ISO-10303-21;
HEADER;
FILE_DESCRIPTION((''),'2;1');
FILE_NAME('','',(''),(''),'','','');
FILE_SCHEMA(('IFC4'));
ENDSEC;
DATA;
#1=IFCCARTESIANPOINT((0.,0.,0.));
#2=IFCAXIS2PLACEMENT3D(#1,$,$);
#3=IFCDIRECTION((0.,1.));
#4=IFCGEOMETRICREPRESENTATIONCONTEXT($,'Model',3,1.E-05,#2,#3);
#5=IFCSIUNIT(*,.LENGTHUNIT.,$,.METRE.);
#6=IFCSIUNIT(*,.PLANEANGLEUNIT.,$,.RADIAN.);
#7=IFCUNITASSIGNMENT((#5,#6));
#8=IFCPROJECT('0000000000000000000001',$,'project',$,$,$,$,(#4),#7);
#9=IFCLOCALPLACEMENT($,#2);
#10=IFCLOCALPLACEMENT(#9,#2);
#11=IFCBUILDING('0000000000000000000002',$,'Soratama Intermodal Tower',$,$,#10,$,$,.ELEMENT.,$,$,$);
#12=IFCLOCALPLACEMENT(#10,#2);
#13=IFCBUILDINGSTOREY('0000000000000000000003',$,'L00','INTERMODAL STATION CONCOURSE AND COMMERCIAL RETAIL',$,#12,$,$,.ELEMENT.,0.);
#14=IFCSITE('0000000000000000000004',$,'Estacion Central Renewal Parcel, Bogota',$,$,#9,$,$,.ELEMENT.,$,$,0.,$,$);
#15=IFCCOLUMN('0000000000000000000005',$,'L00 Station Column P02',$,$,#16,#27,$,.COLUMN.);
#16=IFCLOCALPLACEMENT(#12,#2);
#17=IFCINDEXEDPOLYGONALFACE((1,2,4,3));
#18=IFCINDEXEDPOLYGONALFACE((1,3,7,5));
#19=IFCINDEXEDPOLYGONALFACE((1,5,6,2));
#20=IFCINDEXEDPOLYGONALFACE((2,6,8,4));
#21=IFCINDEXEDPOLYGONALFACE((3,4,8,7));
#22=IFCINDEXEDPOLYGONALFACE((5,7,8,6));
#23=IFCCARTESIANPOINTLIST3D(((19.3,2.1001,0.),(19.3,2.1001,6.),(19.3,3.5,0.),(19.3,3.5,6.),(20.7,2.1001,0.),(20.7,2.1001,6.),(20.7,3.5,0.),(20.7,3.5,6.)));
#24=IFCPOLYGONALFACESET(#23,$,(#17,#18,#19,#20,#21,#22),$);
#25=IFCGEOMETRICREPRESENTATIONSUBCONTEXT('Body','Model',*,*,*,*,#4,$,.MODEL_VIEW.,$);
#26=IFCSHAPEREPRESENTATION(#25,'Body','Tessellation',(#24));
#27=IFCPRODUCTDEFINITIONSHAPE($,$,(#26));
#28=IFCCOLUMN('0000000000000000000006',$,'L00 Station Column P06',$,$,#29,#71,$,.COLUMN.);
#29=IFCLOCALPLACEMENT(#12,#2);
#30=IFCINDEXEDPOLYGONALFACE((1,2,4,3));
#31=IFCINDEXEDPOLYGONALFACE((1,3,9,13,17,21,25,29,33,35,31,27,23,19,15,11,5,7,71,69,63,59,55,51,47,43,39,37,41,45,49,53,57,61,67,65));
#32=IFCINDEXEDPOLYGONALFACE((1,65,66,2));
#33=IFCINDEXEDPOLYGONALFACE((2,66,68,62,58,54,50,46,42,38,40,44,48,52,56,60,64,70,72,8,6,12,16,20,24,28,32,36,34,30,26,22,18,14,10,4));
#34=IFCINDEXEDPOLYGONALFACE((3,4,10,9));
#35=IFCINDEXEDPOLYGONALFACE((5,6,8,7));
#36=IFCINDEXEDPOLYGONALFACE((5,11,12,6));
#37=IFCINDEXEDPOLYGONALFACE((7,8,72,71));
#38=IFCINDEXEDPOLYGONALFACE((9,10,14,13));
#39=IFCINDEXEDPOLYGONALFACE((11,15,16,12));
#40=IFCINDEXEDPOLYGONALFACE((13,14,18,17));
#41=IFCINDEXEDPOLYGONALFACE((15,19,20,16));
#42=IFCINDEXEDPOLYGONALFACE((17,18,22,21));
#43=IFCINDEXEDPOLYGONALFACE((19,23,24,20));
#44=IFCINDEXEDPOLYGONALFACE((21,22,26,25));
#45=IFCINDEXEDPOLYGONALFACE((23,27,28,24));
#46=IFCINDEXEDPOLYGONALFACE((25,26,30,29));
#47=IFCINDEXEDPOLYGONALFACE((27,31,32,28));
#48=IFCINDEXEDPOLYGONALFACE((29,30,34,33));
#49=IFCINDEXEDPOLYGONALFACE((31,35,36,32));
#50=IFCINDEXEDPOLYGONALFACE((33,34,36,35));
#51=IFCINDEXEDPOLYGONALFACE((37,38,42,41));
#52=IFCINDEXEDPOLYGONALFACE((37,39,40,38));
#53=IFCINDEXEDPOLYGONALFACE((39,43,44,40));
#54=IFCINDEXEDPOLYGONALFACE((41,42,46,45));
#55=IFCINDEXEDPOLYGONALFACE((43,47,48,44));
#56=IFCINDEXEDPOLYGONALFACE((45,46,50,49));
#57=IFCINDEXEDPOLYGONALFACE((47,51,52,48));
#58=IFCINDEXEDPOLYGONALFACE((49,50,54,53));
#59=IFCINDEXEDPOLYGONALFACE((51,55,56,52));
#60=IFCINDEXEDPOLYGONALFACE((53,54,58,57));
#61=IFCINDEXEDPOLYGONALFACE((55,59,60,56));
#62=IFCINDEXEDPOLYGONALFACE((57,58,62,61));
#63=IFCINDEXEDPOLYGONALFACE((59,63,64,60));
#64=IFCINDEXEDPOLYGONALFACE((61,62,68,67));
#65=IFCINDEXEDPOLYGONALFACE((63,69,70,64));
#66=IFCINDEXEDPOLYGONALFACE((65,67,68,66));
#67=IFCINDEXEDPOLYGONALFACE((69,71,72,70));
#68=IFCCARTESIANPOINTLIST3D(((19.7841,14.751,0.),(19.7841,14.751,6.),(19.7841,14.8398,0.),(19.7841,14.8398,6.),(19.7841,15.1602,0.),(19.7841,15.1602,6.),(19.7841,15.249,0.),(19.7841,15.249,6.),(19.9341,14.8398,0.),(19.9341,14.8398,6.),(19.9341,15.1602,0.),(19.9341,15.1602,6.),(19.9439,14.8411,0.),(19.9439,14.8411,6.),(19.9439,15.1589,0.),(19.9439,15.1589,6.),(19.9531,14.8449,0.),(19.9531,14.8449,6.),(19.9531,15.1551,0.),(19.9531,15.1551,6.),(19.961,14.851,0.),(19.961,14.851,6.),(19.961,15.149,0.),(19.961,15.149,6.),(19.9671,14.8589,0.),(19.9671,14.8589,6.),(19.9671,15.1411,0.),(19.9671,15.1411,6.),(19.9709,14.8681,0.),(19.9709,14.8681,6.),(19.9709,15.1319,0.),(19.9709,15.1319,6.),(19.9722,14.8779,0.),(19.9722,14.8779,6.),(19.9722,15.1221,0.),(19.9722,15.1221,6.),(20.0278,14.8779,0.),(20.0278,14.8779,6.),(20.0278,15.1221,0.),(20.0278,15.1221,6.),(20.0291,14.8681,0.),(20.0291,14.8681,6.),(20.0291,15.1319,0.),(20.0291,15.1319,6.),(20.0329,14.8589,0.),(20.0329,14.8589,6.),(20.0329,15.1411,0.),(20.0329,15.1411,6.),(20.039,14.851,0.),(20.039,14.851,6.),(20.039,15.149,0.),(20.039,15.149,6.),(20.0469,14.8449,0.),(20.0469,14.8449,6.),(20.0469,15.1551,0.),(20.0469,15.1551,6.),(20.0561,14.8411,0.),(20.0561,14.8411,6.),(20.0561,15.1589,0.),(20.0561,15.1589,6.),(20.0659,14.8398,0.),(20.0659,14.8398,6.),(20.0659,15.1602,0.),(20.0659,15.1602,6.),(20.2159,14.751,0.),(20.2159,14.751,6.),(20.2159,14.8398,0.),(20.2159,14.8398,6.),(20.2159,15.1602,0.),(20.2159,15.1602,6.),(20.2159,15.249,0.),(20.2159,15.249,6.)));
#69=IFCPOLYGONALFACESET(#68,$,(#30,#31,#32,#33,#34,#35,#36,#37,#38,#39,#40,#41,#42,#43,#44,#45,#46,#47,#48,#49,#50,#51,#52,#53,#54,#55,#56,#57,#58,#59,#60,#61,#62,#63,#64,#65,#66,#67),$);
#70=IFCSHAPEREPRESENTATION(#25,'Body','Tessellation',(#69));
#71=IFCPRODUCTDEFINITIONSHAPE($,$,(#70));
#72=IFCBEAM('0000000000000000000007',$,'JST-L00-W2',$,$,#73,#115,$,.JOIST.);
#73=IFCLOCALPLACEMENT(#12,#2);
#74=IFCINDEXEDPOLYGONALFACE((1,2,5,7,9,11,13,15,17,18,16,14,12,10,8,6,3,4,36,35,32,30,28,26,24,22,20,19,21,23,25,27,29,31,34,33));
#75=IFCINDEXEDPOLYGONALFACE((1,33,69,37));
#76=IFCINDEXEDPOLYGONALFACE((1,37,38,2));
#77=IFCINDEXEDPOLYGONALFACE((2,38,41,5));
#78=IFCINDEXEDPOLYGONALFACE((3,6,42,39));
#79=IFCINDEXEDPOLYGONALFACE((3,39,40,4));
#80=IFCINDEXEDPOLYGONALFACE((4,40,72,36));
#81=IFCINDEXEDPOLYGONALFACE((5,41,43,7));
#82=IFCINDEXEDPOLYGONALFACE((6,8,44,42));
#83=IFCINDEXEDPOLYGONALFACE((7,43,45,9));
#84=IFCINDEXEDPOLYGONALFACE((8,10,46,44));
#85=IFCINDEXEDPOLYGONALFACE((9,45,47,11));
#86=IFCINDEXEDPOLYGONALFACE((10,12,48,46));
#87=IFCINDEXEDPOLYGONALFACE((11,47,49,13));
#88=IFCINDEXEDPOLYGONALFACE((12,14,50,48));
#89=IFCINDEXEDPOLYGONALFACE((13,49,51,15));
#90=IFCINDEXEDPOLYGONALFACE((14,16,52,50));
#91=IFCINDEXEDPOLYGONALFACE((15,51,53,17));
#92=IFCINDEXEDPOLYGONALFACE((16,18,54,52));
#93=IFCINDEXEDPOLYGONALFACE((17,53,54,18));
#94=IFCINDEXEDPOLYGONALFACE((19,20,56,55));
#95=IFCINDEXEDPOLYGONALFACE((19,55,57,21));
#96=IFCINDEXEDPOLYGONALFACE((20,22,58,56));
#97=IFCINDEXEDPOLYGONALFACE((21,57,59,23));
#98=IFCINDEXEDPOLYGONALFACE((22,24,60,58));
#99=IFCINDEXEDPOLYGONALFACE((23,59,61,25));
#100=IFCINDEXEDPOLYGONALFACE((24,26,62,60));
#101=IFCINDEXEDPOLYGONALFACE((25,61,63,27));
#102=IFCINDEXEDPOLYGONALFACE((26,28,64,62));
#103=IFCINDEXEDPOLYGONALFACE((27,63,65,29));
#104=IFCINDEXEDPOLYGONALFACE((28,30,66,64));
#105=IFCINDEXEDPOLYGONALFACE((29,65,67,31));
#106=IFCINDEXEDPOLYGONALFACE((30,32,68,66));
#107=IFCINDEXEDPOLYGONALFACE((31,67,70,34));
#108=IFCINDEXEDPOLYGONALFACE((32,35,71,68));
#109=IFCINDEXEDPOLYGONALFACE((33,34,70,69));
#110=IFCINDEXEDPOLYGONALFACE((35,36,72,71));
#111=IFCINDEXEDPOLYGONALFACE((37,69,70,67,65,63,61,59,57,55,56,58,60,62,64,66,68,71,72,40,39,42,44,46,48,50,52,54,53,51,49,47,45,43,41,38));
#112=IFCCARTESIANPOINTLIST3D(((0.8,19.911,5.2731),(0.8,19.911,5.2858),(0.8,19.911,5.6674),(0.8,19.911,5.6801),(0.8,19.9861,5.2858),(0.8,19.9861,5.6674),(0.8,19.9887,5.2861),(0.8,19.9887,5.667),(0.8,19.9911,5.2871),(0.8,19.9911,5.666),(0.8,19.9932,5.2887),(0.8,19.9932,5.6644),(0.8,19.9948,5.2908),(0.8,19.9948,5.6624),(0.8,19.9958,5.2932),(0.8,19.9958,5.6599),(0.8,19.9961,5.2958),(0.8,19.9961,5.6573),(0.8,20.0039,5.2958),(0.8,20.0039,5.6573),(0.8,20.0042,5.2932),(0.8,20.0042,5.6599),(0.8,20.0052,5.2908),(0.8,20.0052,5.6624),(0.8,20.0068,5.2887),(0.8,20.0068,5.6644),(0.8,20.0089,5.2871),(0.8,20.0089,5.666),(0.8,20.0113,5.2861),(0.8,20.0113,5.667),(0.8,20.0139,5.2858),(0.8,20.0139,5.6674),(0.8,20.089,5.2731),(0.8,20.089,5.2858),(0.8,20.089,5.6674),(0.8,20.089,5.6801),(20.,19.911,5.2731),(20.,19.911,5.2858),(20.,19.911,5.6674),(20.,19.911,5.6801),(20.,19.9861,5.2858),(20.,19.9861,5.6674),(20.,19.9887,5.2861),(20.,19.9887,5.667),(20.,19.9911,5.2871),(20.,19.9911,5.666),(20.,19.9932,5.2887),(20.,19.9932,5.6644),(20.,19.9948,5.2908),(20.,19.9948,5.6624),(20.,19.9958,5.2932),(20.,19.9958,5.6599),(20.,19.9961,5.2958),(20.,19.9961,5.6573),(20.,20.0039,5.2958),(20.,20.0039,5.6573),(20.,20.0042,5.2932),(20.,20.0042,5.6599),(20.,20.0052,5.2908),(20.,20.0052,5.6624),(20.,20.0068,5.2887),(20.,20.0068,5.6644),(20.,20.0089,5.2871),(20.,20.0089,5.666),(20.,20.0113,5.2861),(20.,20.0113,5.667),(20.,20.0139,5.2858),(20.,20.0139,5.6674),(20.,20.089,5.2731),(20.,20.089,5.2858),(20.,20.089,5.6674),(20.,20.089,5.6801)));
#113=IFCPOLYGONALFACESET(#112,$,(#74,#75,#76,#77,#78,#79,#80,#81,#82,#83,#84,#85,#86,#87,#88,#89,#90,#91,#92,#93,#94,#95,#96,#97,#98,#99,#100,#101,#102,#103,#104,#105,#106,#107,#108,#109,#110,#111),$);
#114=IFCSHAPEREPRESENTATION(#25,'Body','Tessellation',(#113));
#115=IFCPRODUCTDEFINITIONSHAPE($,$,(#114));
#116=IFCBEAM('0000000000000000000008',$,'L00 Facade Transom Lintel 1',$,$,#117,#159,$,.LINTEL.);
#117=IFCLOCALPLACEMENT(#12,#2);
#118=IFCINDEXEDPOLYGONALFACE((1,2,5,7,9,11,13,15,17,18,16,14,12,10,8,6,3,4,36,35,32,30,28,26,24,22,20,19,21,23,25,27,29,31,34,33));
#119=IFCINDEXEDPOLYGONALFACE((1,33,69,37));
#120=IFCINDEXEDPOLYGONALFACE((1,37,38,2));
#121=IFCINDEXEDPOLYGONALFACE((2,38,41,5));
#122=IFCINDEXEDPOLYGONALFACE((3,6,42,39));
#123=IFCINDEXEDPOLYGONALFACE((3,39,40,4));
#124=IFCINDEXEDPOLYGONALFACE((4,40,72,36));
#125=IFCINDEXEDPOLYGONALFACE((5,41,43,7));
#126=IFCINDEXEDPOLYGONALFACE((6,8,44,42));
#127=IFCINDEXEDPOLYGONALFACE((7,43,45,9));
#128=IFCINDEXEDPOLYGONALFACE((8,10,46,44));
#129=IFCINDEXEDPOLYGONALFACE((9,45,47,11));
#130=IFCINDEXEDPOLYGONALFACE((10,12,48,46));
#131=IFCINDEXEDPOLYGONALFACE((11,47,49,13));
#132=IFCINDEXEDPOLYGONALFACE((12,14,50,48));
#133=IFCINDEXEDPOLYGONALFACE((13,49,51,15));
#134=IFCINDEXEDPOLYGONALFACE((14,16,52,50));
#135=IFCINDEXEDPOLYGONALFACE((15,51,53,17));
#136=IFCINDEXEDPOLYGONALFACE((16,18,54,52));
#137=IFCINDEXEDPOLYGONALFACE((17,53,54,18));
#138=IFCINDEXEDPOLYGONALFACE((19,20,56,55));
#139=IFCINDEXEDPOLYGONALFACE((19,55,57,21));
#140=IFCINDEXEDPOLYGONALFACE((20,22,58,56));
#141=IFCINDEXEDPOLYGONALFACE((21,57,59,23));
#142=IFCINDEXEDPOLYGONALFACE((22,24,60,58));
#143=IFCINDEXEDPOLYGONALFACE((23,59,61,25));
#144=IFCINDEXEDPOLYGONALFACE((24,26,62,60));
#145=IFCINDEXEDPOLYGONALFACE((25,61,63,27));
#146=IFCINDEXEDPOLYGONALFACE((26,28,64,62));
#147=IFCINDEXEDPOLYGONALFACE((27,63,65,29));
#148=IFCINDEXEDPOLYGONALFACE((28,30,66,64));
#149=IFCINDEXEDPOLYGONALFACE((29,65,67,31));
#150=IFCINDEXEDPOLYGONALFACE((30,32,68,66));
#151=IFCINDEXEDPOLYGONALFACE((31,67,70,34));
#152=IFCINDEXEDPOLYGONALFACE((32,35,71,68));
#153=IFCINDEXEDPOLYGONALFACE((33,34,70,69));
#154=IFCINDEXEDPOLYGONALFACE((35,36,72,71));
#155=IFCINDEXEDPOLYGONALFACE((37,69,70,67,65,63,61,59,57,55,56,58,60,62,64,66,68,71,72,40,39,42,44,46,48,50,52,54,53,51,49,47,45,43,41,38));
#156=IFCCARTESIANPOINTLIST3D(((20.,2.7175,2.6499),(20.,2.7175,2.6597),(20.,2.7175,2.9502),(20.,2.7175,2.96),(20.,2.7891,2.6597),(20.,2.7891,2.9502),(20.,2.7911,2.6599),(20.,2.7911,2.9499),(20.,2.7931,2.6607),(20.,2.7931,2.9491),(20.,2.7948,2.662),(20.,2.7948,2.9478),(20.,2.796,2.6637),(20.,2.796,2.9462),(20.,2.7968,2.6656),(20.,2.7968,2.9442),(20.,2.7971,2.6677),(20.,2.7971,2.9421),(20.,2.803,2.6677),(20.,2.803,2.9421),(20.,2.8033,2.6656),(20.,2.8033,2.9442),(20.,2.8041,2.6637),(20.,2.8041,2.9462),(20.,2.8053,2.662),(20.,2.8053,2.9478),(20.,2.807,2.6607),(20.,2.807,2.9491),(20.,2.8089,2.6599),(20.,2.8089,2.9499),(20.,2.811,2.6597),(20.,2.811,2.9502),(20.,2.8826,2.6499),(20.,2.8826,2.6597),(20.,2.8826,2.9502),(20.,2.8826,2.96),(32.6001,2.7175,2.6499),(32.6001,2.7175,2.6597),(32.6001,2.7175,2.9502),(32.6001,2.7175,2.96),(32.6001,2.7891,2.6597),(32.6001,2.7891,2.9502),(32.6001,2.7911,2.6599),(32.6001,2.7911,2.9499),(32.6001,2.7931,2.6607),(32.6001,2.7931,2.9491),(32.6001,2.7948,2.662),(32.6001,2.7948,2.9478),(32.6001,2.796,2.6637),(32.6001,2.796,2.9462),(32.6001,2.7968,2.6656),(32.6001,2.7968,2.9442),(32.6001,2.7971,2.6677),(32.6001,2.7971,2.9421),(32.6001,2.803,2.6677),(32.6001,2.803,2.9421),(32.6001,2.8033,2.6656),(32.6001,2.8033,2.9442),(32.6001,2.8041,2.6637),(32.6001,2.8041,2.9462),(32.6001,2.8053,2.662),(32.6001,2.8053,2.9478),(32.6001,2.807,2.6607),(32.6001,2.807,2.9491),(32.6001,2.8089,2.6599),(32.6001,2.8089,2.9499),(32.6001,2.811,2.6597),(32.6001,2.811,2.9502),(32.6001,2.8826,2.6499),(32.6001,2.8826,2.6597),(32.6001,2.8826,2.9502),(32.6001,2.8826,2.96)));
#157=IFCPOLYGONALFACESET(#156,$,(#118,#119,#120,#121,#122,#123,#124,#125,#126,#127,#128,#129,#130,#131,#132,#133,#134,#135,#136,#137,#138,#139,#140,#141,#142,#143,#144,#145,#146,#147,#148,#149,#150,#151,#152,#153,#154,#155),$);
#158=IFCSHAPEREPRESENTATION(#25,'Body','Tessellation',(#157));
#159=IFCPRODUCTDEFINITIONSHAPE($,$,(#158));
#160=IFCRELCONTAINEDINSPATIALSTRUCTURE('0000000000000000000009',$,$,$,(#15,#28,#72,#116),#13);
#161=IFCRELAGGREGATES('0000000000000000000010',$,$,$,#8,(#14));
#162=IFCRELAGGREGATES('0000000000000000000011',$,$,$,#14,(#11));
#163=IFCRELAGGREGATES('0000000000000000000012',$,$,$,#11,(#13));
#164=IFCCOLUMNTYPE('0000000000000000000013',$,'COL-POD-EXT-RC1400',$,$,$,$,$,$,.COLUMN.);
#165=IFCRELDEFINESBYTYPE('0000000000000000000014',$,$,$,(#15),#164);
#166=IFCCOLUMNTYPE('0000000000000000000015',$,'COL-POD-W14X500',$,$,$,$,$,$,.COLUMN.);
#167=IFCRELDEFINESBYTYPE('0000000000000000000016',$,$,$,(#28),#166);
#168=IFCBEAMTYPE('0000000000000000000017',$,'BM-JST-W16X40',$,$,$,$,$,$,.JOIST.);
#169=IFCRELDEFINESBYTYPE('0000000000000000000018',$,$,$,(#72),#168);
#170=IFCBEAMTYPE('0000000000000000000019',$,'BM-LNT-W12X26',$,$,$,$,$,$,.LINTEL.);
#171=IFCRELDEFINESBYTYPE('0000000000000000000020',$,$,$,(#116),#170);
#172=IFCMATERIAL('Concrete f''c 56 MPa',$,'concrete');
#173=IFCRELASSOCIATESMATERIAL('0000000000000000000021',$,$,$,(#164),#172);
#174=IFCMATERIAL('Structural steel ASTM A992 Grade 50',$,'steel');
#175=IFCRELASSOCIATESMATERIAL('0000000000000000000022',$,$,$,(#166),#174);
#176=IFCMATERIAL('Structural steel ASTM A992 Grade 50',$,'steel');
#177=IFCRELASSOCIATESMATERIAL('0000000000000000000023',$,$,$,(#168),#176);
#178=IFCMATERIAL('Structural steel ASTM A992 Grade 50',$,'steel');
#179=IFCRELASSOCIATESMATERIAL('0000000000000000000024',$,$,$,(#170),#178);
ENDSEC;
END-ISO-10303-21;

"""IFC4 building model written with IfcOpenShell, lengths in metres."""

from ifc_helpers import new_model, si_unit, direction, frame, origin, origin_2d, place, context, subcontext, project, spatial, rectangle, i_section, extrude, material, material_profile, profile_set, type_object, element, save


model = new_model("IFC4")

# Units and contexts
model_context = context("Model", 3, precision=1e-05, world=origin(), true_north=direction((0.0, 1.0)))
body_context = subcontext(model_context, "Body", "Model", "MODEL_VIEW")
ifc_project = project(units=[si_unit("LENGTHUNIT", "METRE"), si_unit("PLANEANGLEUNIT", "RADIAN")], contexts=[model_context])

# Site, building, storey
site_placement = place(None, origin())
site = spatial("IfcSite", under=ifc_project, at=site_placement, Name="Estacion Central Renewal Parcel, Bogota", CompositionType="ELEMENT", RefElevation=0.0)
building_placement = place(site_placement, origin())
building = spatial("IfcBuilding", under=site, at=building_placement, Name="Soratama Intermodal Tower", CompositionType="ELEMENT")
storey_placement = place(building_placement, origin())
storey = spatial("IfcBuildingStorey", under=building, at=storey_placement, Name="L00", Description="INTERMODAL STATION CONCOURSE AND COMMERCIAL RETAIL", CompositionType="ELEMENT", Elevation=0.0)

# Columns
ifc_material_1 = material(Name="Concrete f'c 56 MPa", Category="concrete")
ifc_material_profile_1 = material_profile(ifc_material_1, rectangle(XDim=1.3999, YDim=1.3999, at=origin_2d()), Name="RC1400X1400")
ifc_profile_set_1 = profile_set([ifc_material_profile_1], Name="Concrete f'c 56 MPa")
column_type_1 = type_object("IfcColumnType", Name="COL-POD-EXT-RC1400", PredefinedType="COLUMN", material=ifc_profile_set_1)
column_1_placement = place(storey_placement, frame((20.0, 2.8, 0.0), z_axis=(0.0, 0.0, 1.0), x_axis=(1.0, 0.0, 0.0)))
element("IfcColumn", 1, at=column_1_placement, inside=storey, type_object=column_type_1, Name="L00 Station Column P02", PredefinedType="COLUMN", context=body_context, shape_type="SweptSolid", body=[
    extrude(rectangle(XDim=1.3999, YDim=1.3999, at=origin_2d()), origin(), (0.0, 0.0, 1.0), 6.0),
])
ifc_material_2 = material(Name="Structural steel ASTM A992 Grade 50", Category="steel")
ifc_material_profile_2 = material_profile(ifc_material_2, i_section(OverallWidth=0.4319, OverallDepth=0.498, WebThickness=0.0557, FlangeThickness=0.0889, FilletRadius=0.0381, at=origin_2d()), Name="W14X500")
ifc_profile_set_2 = profile_set([ifc_material_profile_2], Name="Structural steel ASTM A992 Grade 50")
column_type_2 = type_object("IfcColumnType", Name="COL-POD-W14X500", PredefinedType="COLUMN", material=ifc_profile_set_2)
column_2_placement = place(storey_placement, frame((20.0, 15.0, 0.0), z_axis=(0.0, 0.0, 1.0), x_axis=(1.0, 0.0, 0.0)))
element("IfcColumn", 2, at=column_2_placement, inside=storey, type_object=column_type_2, Name="L00 Station Column P06", PredefinedType="COLUMN", context=body_context, shape_type="SweptSolid", body=[
    extrude(i_section(OverallWidth=0.4319, OverallDepth=0.498, WebThickness=0.0557, FlangeThickness=0.0889, FilletRadius=0.0381, at=origin_2d()), origin(), (0.0, 0.0, 1.0), 6.0),
])

# Beams
ifc_material_3 = material(Name="Structural steel ASTM A992 Grade 50", Category="steel")
ifc_material_profile_3 = material_profile(ifc_material_3, i_section(OverallWidth=0.178, OverallDepth=0.407, WebThickness=0.0078, FlangeThickness=0.0127, FilletRadius=0.01, at=origin_2d()), Name="W16X40")
ifc_profile_set_3 = profile_set([ifc_material_profile_3], Name="Structural steel ASTM A992 Grade 50")
beam_type_1 = type_object("IfcBeamType", Name="BM-JST-W16X40", PredefinedType="JOIST", material=ifc_profile_set_3)
beam_1_placement = place(storey_placement, frame((0.8, 20.0, 5.4766), z_axis=(1.0, 0.0, 0.0), x_axis=(0.0, 1.0, 0.0)))
element("IfcBeam", 3, at=beam_1_placement, inside=storey, type_object=beam_type_1, Name="JST-L00-W2", PredefinedType="JOIST", context=body_context, shape_type="SweptSolid", body=[
    extrude(i_section(OverallWidth=0.178, OverallDepth=0.407, WebThickness=0.0078, FlangeThickness=0.0127, FilletRadius=0.01, at=origin_2d()), origin(), (0.0, 0.0, 1.0), 19.2),
])
ifc_material_4 = material(Name="Structural steel ASTM A992 Grade 50", Category="steel")
ifc_material_profile_4 = material_profile(ifc_material_4, i_section(OverallWidth=0.165, OverallDepth=0.3101, WebThickness=0.0059, FlangeThickness=0.0098, FilletRadius=0.0081, at=origin_2d()), Name="W12X26")
ifc_profile_set_4 = profile_set([ifc_material_profile_4], Name="Structural steel ASTM A992 Grade 50")
beam_type_2 = type_object("IfcBeamType", Name="BM-LNT-W12X26", PredefinedType="LINTEL", material=ifc_profile_set_4)
beam_2_placement = place(storey_placement, frame((20.0, 2.8, 2.8049), z_axis=(1.0, 0.0, 0.0), x_axis=(0.0, 1.0, 0.0)))
element("IfcBeam", 4, at=beam_2_placement, inside=storey, type_object=beam_type_2, Name="L00 Facade Transom Lintel 1", PredefinedType="LINTEL", context=body_context, shape_type="SweptSolid", body=[
    extrude(i_section(OverallWidth=0.165, OverallDepth=0.3101, WebThickness=0.0059, FlangeThickness=0.0098, FilletRadius=0.0081, at=origin_2d()), origin(), (0.0, 0.0, 1.0), 12.6001),
])

save(model, "model.ifc")
